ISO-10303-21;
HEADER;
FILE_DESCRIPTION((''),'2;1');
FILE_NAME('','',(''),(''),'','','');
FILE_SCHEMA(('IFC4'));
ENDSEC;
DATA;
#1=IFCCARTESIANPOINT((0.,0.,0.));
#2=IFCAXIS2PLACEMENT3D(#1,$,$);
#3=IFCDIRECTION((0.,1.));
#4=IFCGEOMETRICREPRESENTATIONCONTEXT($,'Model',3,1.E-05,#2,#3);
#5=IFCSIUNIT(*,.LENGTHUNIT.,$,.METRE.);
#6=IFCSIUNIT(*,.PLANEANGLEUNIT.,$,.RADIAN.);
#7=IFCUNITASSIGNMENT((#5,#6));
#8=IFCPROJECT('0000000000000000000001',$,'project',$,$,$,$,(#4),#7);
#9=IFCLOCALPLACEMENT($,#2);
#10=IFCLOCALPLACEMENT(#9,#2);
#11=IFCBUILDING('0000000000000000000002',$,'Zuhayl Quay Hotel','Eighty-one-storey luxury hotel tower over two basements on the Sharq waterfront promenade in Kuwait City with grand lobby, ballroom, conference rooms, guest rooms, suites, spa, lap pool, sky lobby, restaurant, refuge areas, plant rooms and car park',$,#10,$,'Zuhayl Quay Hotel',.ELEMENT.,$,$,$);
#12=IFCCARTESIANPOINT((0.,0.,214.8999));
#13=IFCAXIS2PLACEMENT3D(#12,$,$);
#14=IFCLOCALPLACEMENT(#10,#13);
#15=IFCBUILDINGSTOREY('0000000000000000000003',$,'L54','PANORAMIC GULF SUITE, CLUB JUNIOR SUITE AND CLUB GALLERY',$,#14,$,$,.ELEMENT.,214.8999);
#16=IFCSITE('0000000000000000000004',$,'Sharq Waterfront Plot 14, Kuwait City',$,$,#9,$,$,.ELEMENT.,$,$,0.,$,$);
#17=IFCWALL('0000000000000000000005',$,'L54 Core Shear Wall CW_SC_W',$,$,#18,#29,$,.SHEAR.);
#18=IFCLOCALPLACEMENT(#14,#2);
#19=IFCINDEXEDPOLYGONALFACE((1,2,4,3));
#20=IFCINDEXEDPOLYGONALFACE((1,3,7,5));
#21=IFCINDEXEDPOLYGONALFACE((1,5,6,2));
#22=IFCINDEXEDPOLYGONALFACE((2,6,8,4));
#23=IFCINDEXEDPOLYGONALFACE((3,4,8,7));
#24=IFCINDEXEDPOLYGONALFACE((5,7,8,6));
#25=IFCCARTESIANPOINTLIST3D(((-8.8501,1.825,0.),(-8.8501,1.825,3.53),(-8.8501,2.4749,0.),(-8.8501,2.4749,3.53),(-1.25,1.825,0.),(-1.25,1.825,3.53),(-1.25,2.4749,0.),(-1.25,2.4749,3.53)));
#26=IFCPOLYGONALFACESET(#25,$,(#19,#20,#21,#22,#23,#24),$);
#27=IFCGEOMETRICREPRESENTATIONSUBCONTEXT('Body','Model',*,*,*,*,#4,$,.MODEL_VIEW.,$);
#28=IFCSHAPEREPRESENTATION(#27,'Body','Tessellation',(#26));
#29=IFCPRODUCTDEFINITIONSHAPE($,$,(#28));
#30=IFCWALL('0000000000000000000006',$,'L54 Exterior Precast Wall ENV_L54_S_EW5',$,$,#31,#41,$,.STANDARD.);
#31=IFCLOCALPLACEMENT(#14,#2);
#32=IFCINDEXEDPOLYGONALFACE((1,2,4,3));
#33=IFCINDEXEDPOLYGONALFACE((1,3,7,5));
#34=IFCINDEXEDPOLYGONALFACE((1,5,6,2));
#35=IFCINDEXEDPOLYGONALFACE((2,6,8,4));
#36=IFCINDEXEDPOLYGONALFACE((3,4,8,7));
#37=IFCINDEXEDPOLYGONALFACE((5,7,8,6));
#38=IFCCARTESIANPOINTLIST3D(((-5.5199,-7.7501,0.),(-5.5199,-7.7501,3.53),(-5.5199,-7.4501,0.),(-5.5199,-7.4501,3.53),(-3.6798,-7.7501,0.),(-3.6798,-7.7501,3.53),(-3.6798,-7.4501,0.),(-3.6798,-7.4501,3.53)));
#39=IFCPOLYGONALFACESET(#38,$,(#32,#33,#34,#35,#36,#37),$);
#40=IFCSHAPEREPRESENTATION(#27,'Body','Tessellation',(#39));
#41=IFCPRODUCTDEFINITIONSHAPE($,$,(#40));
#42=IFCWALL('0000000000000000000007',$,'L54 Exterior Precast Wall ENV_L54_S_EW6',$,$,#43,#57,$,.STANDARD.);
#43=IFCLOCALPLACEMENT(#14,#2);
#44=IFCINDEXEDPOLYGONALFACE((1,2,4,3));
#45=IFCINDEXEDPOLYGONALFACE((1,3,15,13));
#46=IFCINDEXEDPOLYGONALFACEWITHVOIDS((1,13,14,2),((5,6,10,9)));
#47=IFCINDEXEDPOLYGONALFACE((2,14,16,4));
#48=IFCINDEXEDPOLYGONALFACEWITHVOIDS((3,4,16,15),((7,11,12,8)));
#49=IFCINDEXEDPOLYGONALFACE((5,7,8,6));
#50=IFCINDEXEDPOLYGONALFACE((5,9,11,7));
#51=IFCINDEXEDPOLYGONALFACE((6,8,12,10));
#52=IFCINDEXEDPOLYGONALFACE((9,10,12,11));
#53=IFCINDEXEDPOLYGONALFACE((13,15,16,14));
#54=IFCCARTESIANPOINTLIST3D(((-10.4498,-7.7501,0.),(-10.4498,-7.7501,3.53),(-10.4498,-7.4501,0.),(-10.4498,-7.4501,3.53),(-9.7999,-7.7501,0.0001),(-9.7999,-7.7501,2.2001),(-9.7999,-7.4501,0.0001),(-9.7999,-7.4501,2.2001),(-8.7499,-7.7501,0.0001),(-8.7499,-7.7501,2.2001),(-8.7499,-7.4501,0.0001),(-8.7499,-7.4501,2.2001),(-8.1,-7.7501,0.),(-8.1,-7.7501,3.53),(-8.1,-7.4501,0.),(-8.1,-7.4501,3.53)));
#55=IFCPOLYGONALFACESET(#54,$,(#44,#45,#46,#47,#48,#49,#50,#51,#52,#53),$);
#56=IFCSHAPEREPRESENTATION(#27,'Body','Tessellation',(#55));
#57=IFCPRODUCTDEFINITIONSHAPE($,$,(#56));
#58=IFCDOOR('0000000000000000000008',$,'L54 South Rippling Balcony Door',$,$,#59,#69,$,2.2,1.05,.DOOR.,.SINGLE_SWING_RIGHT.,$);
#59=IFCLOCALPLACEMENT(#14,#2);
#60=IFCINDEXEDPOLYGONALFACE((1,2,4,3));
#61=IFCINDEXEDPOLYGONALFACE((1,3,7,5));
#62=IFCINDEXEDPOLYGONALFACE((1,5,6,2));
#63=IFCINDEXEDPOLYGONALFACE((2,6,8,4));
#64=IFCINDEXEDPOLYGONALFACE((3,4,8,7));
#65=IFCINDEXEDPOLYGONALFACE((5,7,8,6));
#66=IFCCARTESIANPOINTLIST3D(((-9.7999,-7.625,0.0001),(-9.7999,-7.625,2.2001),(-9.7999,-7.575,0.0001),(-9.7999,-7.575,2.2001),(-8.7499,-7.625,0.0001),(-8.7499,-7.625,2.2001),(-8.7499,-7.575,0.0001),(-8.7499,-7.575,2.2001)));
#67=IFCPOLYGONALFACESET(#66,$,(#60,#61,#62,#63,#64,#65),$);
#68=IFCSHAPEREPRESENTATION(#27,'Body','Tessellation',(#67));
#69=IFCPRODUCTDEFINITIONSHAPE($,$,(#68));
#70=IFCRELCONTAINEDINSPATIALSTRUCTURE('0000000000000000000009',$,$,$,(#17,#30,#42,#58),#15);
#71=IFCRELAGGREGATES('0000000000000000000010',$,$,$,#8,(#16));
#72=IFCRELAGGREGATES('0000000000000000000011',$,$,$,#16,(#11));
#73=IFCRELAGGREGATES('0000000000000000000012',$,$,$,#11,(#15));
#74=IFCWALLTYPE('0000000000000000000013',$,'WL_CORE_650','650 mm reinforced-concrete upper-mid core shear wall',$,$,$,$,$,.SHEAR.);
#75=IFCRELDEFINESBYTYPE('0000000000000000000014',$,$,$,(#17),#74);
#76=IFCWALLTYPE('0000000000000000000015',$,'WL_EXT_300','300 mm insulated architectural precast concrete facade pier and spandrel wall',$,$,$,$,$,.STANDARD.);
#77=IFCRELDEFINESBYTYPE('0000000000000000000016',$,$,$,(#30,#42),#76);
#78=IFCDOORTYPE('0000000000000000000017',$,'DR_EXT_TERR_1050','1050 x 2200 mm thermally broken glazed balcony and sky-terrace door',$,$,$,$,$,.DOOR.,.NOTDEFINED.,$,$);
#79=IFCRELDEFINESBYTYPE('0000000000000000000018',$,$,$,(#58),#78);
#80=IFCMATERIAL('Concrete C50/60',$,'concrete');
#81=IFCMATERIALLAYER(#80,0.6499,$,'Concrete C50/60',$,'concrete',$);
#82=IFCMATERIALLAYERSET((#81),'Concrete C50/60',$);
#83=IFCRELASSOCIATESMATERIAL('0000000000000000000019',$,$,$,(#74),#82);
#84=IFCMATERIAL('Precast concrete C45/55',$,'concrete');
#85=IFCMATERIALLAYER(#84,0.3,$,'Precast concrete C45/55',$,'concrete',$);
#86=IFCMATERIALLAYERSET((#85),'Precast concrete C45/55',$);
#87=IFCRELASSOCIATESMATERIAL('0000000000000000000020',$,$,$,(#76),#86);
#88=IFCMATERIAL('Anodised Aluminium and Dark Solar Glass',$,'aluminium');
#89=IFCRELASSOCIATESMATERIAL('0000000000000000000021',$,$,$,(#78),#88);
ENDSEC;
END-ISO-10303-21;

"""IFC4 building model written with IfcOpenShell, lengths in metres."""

from ifc_helpers import new_model, si_unit, direction, frame, frame_2d, origin, place, context, subcontext, project, spatial, rectangle, extrude, material, layer, layer_set, type_object, element, fill, save


model = new_model("IFC4")

# Units and contexts
model_context = context("Model", 3, precision=1e-05, world=origin(), true_north=direction((0.0, 1.0)))
body_context = subcontext(model_context, "Body", "Model", "MODEL_VIEW")
ifc_project = project(units=[si_unit("LENGTHUNIT", "METRE"), si_unit("PLANEANGLEUNIT", "RADIAN")], contexts=[model_context])

# Site, building, storey
site_placement = place(None, origin())
site = spatial("IfcSite", under=ifc_project, at=site_placement, Name="Sharq Waterfront Plot 14, Kuwait City", CompositionType="ELEMENT", RefElevation=0.0)
building_placement = place(site_placement, origin())
building = spatial("IfcBuilding", under=site, at=building_placement, Name="Zuhayl Quay Hotel", Description="Eighty-one-storey luxury hotel tower over two basements on the Sharq waterfront promenade in Kuwait City with grand lobby, ballroom, conference rooms, guest rooms, suites, spa, lap pool, sky lobby, restaurant, refuge areas, plant rooms and car park", LongName="Zuhayl Quay Hotel", CompositionType="ELEMENT")
storey_placement = place(building_placement, frame((0.0, 0.0, 214.8999)))
storey = spatial("IfcBuildingStorey", under=building, at=storey_placement, Name="L54", Description="PANORAMIC GULF SUITE, CLUB JUNIOR SUITE AND CLUB GALLERY", CompositionType="ELEMENT", Elevation=214.8999)

# Walls
ifc_material_1 = material(Name="Concrete C50/60", Category="concrete")
ifc_layer_1 = layer(ifc_material_1, 0.6499, Name="Concrete C50/60", Category="concrete")
ifc_layer_set_1 = layer_set([ifc_layer_1], Name="Concrete C50/60")
wall_type_1 = type_object("IfcWallType", Name="WL_CORE_650", Description="650 mm reinforced-concrete upper-mid core shear wall", PredefinedType="SHEAR", material=ifc_layer_set_1)
wall_1_placement = place(storey_placement, frame((-8.8501, 2.1499, 0.0), z_axis=(0.0, 0.0, 1.0), x_axis=(1.0, 0.0, 0.0)))
element("IfcWall", 1, at=wall_1_placement, inside=storey, type_object=wall_type_1, Name="L54 Core Shear Wall CW_SC_W", PredefinedType="SHEAR", context=body_context, shape_type="SweptSolid", body=[
    extrude(rectangle(XDim=7.6001, YDim=0.6499, at=frame_2d((3.8, 0.0))), origin(), (0.0, 0.0, 1.0), 3.53),
])
ifc_material_2 = material(Name="Precast concrete C45/55", Category="concrete")
ifc_layer_2 = layer(ifc_material_2, 0.3, Name="Precast concrete C45/55", Category="concrete")
ifc_layer_set_2 = layer_set([ifc_layer_2], Name="Precast concrete C45/55")
wall_type_2 = type_object("IfcWallType", Name="WL_EXT_300", Description="300 mm insulated architectural precast concrete facade pier and spandrel wall", PredefinedType="STANDARD", material=ifc_layer_set_2)
wall_2_placement = place(storey_placement, frame((-3.6799, -7.6001, 0.0), z_axis=(0.0, 0.0, 1.0), x_axis=(-1.0, 0.0, 0.0)))
element("IfcWall", 2, at=wall_2_placement, inside=storey, type_object=wall_type_2, Name="L54 Exterior Precast Wall ENV_L54_S_EW5", PredefinedType="STANDARD", context=body_context, shape_type="SweptSolid", body=[
    extrude(rectangle(XDim=1.8401, YDim=0.3, at=frame_2d((0.9199, 0.0))), origin(), (0.0, 0.0, 1.0), 3.53),
])

# Wall, opening, door
wall_3_placement = place(storey_placement, frame((-8.1001, -7.6001, 0.0), z_axis=(0.0, 0.0, 1.0), x_axis=(-1.0, 0.0, 0.0)))
wall_3 = element("IfcWall", 3, at=wall_3_placement, inside=storey, type_object=wall_type_2, Name="L54 Exterior Precast Wall ENV_L54_S_EW6", PredefinedType="STANDARD", context=body_context, shape_type="SweptSolid", body=[
    extrude(rectangle(XDim=2.3499, YDim=0.3, at=frame_2d((1.1748, 0.0))), origin(), (0.0, 0.0, 1.0), 3.53),
])
opening_placement = place(wall_3_placement, frame((0.6499, 0.0, 0.0)))
opening = element("IfcOpeningElement", 4, at=opening_placement, cuts=wall_3, PredefinedType="OPENING", context=body_context, shape_type="SweptSolid", body=[
    extrude(rectangle(XDim=1.05, YDim=2.2, at=frame_2d((0.5249, 1.1001))), frame((0.0, 0.1599, 0.0), z_axis=(0.0, -1.0, 0.0), x_axis=(1.0, 0.0, 0.0)), (0.0, 0.0, 1.0), 0.3201),
])
ifc_material_3 = material(Name="Anodised Aluminium and Dark Solar Glass", Category="aluminium")
door_type = type_object("IfcDoorType", Name="DR_EXT_TERR_1050", Description="1050 x 2200 mm thermally broken glazed balcony and sky-terrace door", OperationType="NOTDEFINED", PredefinedType="DOOR", material=ifc_material_3)
door_placement = place(opening_placement, origin())
door = element("IfcDoor", 5, at=door_placement, inside=storey, type_object=door_type, Name="L54 South Rippling Balcony Door", OperationType="SINGLE_SWING_RIGHT", OverallHeight=2.2, OverallWidth=1.05, PredefinedType="DOOR", context=body_context, shape_type="SweptSolid", body=[
    extrude(rectangle(XDim=1.05, YDim=2.2, at=frame_2d((0.5249, 1.1001))), frame((0.0, 0.0249, 0.0), z_axis=(0.0, -1.0, 0.0), x_axis=(1.0, 0.0, 0.0)), (0.0, 0.0, 1.0), 0.05),
])
fill(opening, door)

save(model, "model.ifc")
